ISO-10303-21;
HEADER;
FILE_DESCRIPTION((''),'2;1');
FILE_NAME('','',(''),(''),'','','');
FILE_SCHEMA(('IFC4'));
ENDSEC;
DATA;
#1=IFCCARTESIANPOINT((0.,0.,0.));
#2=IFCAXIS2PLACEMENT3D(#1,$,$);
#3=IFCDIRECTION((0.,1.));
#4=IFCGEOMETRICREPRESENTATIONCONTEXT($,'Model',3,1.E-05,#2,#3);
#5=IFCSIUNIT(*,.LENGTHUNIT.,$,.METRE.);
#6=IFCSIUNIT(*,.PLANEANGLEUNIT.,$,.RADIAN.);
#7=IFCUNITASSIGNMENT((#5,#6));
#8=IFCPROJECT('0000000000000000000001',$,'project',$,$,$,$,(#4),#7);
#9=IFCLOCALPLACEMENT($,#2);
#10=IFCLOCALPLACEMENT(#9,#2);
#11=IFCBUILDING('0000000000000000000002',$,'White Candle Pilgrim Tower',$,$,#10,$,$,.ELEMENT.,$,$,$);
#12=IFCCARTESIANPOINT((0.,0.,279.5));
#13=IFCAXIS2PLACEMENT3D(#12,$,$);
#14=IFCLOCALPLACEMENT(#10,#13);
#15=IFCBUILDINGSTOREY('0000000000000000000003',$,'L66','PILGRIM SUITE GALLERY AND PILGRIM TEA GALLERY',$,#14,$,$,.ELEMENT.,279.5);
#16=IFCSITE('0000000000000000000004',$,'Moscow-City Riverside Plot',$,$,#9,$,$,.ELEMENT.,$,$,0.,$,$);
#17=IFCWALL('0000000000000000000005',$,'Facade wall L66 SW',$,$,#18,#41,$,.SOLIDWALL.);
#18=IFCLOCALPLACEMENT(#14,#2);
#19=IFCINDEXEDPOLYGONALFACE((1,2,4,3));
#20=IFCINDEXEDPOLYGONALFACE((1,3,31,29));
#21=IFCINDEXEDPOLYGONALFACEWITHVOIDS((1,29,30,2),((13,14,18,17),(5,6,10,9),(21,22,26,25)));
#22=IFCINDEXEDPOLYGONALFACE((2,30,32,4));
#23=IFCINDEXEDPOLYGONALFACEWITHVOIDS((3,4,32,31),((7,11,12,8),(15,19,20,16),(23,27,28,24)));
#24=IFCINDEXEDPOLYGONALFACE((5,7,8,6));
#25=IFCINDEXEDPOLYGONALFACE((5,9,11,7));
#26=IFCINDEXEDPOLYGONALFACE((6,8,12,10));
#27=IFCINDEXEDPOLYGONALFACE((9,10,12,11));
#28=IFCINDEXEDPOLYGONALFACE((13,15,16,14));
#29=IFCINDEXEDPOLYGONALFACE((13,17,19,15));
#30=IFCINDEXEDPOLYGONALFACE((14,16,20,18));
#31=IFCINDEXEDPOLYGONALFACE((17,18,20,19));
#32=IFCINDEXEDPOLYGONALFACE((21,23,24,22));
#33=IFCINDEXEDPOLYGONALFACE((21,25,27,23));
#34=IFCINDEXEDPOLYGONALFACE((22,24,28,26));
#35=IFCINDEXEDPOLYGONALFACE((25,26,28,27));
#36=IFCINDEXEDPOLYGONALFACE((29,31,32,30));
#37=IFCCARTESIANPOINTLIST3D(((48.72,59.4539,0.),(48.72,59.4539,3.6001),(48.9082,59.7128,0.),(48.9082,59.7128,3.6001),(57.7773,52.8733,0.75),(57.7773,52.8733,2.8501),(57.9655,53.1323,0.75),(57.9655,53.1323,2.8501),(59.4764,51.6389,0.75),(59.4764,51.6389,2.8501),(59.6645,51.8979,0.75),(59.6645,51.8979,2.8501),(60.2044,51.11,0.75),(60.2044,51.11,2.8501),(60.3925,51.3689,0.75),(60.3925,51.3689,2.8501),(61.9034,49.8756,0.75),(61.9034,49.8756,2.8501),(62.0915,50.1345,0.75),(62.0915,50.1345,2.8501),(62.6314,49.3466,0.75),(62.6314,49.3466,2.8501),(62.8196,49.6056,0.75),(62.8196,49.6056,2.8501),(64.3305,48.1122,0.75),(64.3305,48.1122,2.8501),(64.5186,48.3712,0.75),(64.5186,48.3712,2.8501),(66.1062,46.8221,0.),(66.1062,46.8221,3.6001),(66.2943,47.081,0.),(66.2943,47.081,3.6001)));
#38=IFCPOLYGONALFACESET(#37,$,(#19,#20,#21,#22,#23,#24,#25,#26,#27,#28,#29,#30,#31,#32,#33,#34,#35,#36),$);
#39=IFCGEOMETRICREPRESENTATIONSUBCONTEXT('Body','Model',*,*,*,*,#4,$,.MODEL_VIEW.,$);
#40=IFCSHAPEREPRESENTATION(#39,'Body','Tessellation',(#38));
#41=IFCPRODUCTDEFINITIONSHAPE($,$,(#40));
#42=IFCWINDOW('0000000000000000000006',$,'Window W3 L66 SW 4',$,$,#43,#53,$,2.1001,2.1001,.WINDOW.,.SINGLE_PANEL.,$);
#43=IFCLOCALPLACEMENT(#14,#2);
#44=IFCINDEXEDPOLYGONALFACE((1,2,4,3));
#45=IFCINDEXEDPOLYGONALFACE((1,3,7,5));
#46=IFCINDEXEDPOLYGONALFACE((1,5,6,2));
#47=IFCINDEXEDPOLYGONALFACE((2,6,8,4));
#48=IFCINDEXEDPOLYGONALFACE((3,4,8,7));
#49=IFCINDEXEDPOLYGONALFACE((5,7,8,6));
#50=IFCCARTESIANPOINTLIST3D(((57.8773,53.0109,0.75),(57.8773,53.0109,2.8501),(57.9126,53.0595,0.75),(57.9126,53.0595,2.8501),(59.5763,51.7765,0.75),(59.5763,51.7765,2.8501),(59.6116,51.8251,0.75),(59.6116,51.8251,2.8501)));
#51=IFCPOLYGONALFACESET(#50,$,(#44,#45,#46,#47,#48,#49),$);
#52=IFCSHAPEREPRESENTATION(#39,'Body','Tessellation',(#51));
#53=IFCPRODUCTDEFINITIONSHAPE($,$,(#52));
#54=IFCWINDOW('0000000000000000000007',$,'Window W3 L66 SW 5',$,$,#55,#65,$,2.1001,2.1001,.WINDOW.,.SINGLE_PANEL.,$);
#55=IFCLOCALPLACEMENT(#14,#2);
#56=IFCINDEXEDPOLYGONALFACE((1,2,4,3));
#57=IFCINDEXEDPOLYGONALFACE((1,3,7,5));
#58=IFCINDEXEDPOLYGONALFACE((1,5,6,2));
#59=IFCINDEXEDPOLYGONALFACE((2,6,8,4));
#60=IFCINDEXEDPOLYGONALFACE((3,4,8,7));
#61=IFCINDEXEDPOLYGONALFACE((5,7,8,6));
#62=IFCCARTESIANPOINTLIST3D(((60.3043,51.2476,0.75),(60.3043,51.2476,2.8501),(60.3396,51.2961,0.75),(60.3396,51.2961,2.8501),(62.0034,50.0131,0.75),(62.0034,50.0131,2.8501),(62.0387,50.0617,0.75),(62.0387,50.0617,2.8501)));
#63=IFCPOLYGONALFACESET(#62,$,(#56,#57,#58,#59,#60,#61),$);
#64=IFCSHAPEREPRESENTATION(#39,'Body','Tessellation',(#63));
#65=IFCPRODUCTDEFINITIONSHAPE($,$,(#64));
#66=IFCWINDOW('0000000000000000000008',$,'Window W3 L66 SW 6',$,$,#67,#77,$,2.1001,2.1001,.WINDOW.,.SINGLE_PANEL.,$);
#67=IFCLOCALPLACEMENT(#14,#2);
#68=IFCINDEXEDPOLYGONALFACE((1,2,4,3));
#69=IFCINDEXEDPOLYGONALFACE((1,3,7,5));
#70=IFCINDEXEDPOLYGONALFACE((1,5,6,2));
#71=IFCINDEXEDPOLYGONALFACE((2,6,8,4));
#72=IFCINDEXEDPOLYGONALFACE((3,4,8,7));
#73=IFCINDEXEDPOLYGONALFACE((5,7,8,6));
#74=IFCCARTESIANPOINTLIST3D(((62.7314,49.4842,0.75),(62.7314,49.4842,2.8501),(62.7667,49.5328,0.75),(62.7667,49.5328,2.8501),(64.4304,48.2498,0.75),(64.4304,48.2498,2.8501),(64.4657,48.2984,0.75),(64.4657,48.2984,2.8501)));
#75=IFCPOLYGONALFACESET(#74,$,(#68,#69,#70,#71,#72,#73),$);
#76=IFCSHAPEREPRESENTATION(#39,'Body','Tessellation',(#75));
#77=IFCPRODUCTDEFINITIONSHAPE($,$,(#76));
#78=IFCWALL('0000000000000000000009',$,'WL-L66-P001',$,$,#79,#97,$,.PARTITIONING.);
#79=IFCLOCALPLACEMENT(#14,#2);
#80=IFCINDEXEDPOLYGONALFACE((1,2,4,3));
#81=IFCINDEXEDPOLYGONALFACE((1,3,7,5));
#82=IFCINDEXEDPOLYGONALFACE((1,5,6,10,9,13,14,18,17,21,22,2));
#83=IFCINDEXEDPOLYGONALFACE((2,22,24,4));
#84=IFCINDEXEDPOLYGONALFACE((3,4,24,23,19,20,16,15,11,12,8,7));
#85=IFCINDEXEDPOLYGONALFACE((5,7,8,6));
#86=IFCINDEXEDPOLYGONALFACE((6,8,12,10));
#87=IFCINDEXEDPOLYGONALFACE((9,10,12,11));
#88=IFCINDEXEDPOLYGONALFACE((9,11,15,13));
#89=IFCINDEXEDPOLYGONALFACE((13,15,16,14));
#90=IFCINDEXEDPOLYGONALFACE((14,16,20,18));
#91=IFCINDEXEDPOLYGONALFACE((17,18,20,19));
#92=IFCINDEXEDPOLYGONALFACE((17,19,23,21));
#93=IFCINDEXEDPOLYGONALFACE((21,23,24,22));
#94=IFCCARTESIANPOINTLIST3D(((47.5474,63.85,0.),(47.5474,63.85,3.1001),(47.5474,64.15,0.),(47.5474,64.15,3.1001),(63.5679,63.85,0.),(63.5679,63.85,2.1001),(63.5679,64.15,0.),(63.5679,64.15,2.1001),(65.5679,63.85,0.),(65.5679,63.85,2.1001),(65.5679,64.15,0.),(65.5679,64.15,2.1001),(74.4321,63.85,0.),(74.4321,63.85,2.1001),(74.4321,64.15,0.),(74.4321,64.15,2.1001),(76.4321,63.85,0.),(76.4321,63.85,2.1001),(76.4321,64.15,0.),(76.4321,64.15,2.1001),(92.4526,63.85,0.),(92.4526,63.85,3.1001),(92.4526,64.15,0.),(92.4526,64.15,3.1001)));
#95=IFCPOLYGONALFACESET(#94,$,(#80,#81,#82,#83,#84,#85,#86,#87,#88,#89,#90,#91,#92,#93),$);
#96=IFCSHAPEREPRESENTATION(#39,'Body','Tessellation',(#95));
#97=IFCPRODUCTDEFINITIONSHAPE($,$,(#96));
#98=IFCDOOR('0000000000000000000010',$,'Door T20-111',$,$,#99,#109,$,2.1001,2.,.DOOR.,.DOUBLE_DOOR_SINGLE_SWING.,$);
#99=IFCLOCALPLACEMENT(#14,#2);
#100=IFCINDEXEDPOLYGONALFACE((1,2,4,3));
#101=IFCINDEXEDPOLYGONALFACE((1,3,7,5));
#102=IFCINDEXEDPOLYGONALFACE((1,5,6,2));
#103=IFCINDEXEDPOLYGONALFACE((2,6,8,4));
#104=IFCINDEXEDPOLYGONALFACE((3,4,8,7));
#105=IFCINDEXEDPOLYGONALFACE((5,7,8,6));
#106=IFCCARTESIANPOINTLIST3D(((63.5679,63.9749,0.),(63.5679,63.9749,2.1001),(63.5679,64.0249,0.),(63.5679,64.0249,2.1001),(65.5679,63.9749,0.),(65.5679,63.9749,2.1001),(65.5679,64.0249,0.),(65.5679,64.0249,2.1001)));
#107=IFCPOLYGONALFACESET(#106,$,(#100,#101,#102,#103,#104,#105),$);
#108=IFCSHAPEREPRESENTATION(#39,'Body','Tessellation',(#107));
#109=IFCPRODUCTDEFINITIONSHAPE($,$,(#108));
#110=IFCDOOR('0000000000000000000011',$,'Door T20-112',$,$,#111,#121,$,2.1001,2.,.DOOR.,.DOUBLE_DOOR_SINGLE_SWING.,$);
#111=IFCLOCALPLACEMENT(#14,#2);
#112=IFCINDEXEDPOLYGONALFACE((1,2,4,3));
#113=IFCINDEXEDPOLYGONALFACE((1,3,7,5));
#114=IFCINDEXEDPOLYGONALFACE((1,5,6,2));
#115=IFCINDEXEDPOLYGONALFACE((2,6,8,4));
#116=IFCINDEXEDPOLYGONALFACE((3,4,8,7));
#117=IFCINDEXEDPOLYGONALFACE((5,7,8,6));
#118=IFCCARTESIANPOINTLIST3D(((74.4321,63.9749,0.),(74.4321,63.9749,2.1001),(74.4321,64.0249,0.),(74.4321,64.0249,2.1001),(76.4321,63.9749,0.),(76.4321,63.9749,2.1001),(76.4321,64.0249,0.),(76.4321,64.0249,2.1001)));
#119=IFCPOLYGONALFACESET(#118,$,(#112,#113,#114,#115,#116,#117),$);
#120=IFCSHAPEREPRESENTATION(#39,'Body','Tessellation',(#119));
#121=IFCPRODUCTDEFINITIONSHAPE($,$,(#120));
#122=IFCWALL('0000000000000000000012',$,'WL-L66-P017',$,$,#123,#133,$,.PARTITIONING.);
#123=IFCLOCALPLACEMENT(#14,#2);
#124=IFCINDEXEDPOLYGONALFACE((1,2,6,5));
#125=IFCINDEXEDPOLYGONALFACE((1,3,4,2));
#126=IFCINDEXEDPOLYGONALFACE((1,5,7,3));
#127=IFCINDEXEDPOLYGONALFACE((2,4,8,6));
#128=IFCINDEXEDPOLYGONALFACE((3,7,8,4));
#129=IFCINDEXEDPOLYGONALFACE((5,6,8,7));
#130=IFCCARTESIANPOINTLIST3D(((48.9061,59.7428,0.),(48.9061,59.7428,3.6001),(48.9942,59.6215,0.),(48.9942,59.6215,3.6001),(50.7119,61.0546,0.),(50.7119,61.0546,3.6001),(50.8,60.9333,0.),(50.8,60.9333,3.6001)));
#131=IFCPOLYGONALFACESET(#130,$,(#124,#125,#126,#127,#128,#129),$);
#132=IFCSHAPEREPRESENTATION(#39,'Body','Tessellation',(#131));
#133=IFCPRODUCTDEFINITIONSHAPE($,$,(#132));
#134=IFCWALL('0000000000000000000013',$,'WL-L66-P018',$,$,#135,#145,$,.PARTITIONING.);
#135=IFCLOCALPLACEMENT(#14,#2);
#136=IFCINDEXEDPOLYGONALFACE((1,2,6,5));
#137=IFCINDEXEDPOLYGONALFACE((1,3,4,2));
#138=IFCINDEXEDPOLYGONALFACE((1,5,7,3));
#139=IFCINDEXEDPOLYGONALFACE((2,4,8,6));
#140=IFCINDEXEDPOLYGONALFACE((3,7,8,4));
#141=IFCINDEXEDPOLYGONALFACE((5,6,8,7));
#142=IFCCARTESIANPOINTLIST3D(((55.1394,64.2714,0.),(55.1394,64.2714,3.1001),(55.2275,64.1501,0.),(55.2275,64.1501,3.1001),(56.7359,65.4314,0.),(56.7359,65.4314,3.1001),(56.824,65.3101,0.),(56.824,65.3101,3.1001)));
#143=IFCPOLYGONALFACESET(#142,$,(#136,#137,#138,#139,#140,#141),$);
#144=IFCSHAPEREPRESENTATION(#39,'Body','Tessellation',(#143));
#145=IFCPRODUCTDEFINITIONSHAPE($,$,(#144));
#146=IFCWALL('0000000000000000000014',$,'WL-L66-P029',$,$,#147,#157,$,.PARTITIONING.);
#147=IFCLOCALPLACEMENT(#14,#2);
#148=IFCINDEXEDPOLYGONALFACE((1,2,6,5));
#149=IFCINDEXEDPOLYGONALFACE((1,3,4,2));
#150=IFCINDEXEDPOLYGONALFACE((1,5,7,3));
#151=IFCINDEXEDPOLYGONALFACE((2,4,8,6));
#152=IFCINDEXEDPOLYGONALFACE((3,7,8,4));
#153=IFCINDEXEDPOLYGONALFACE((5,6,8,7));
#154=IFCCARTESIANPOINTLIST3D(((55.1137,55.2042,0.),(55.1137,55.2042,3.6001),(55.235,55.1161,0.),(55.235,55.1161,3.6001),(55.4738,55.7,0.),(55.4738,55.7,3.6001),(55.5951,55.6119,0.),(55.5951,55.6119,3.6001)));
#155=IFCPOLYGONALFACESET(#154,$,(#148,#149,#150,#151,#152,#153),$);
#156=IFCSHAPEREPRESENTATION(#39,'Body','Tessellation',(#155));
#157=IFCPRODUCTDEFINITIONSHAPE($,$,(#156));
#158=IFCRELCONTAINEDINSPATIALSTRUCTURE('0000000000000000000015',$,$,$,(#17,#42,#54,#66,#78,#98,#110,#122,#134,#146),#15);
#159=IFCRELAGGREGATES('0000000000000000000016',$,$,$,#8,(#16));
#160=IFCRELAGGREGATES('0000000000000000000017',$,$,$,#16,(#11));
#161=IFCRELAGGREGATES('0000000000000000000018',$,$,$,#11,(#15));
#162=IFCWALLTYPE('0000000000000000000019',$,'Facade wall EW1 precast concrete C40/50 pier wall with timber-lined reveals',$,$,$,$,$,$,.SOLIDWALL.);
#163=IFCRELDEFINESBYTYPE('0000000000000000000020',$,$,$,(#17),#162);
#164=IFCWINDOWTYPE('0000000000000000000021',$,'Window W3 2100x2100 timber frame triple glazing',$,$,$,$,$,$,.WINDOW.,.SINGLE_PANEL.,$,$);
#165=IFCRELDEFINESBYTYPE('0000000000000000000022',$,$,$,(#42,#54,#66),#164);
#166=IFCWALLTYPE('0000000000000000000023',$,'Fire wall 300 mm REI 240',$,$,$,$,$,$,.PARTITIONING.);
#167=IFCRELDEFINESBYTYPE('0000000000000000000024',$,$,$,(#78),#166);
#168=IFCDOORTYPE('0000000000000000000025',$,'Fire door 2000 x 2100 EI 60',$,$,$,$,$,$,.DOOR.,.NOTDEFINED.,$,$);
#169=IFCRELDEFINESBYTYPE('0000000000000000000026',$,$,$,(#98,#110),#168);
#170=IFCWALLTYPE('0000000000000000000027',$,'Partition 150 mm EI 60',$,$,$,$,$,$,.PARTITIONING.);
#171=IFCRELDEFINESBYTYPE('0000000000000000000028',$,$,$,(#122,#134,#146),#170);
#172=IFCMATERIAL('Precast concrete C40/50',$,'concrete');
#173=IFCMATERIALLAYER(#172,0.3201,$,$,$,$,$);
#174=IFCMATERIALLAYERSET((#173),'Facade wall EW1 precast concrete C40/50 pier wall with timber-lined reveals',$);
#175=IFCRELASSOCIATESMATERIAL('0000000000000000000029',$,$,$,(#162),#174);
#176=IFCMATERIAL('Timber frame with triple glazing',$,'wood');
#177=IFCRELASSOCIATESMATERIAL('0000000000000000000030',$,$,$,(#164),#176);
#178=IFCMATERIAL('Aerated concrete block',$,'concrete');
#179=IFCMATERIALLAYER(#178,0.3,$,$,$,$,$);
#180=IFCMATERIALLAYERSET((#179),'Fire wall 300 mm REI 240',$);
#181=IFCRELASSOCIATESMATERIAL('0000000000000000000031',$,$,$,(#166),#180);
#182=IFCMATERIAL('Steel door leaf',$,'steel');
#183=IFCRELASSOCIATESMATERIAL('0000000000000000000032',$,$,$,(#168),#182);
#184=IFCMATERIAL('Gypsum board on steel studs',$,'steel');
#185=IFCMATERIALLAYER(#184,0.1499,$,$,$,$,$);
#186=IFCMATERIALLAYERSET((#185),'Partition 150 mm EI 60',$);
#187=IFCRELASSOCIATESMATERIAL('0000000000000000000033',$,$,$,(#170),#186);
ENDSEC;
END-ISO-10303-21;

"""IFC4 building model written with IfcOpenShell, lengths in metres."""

from ifc_helpers import new_model, si_unit, direction, frame, frame_2d, origin, place, context, subcontext, project, spatial, rectangle, extrude, material, layer, layer_set, type_object, element, fill, save


model = new_model("IFC4")

# Units and contexts
model_context = context("Model", 3, precision=1e-05, world=origin(), true_north=direction((0.0, 1.0)))
body_context = subcontext(model_context, "Body", "Model", "MODEL_VIEW")
ifc_project = project(units=[si_unit("LENGTHUNIT", "METRE"), si_unit("PLANEANGLEUNIT", "RADIAN")], contexts=[model_context])

# Site, building, storey
site_placement = place(None, origin())
site = spatial("IfcSite", under=ifc_project, at=site_placement, Name="Moscow-City Riverside Plot", CompositionType="ELEMENT", RefElevation=0.0)
building_placement = place(site_placement, origin())
building = spatial("IfcBuilding", under=site, at=building_placement, Name="White Candle Pilgrim Tower", CompositionType="ELEMENT")
storey_placement = place(building_placement, frame((0.0, 0.0, 279.5)))
storey = spatial("IfcBuildingStorey", under=building, at=storey_placement, Name="L66", Description="PILGRIM SUITE GALLERY AND PILGRIM TEA GALLERY", CompositionType="ELEMENT", Elevation=279.5)

# Shared definitions
ifc_material_1 = material(Name="Gypsum board on steel studs", Category="steel")
ifc_material_2 = material(Name="Steel door leaf", Category="steel")

# Wall, openings, windows
ifc_material_3 = material(Name="Precast concrete C40/50", Category="concrete")
ifc_layer_1 = layer(ifc_material_3, 0.3201)
ifc_layer_set_1 = layer_set([ifc_layer_1], Name="Facade wall EW1 precast concrete C40/50 pier wall with timber-lined reveals")
wall_type_1 = type_object("IfcWallType", Name="Facade wall EW1 precast concrete C40/50 pier wall with timber-lined reveals", PredefinedType="SOLIDWALL", material=ifc_layer_set_1)
wall_1_placement = place(storey_placement, frame((48.8142, 59.5833, 0.0), z_axis=(0.0, 0.0, 1.0), x_axis=(0.809017, -0.587785, 0.0)))
wall_1 = element("IfcWall", 1, at=wall_1_placement, inside=storey, type_object=wall_type_1, Name="Facade wall L66 SW", PredefinedType="SOLIDWALL", context=body_context, shape_type="SweptSolid", body=[
    extrude(rectangle(XDim=21.4905, YDim=0.3201, at=frame_2d((10.7451, 0.0))), origin(), (0.0, 0.0, 1.0), 3.6001),
])
opening_1_placement = place(wall_1_placement, frame((11.1953, 0.0, 0.75)))
opening_1 = element("IfcOpeningElement", 2, at=opening_1_placement, cuts=wall_1, PredefinedType="OPENING", context=body_context, shape_type="SweptSolid", body=[
    extrude(rectangle(XDim=2.1001, YDim=2.1001, at=frame_2d((1.05, 1.05))), frame((0.0, 0.1699, 0.0), z_axis=(0.0, -1.0, 0.0), x_axis=(1.0, 0.0, 0.0)), (0.0, 0.0, 1.0), 0.3401),
])
opening_2_placement = place(wall_1_placement, frame((14.1953, 0.0, 0.75)))
opening_2 = element("IfcOpeningElement", 3, at=opening_2_placement, cuts=wall_1, PredefinedType="OPENING", context=body_context, shape_type="SweptSolid", body=[
    extrude(rectangle(XDim=2.1001, YDim=2.1001, at=frame_2d((1.05, 1.05))), frame((0.0, 0.1699, 0.0), z_axis=(0.0, -1.0, 0.0), x_axis=(1.0, 0.0, 0.0)), (0.0, 0.0, 1.0), 0.3401),
])
opening_3_placement = place(wall_1_placement, frame((17.1953, 0.0, 0.75)))
opening_3 = element("IfcOpeningElement", 4, at=opening_3_placement, cuts=wall_1, PredefinedType="OPENING", context=body_context, shape_type="SweptSolid", body=[
    extrude(rectangle(XDim=2.1001, YDim=2.1001, at=frame_2d((1.05, 1.05))), frame((0.0, 0.1699, 0.0), z_axis=(0.0, -1.0, 0.0), x_axis=(1.0, 0.0, 0.0)), (0.0, 0.0, 1.0), 0.3401),
])
ifc_material_4 = material(Name="Timber frame with triple glazing", Category="wood")
window_type = type_object("IfcWindowType", Name="Window W3 2100x2100 timber frame triple glazing", PartitioningType="SINGLE_PANEL", PredefinedType="WINDOW", material=ifc_material_4)
window_1_placement = place(opening_1_placement, origin())
window_1 = element("IfcWindow", 5, at=window_1_placement, inside=storey, type_object=window_type, Name="Window W3 L66 SW 4", OverallHeight=2.1001, OverallWidth=2.1001, PartitioningType="SINGLE_PANEL", PredefinedType="WINDOW", context=body_context, shape_type="SweptSolid", body=[
    extrude(rectangle(XDim=2.1001, YDim=2.1001, at=frame_2d((1.05, 1.05))), frame((0.0, 0.0701, 0.0), z_axis=(0.0, -1.0, 0.0), x_axis=(1.0, 0.0, 0.0)), (0.0, 0.0, 1.0), 0.0601),
])
fill(opening_1, window_1)
window_2_placement = place(opening_2_placement, origin())
window_2 = element("IfcWindow", 6, at=window_2_placement, inside=storey, type_object=window_type, Name="Window W3 L66 SW 5", OverallHeight=2.1001, OverallWidth=2.1001, PartitioningType="SINGLE_PANEL", PredefinedType="WINDOW", context=body_context, shape_type="SweptSolid", body=[
    extrude(rectangle(XDim=2.1001, YDim=2.1001, at=frame_2d((1.05, 1.05))), frame((0.0, 0.0701, 0.0), z_axis=(0.0, -1.0, 0.0), x_axis=(1.0, 0.0, 0.0)), (0.0, 0.0, 1.0), 0.0601),
])
fill(opening_2, window_2)
window_3_placement = place(opening_3_placement, origin())
window_3 = element("IfcWindow", 7, at=window_3_placement, inside=storey, type_object=window_type, Name="Window W3 L66 SW 6", OverallHeight=2.1001, OverallWidth=2.1001, PartitioningType="SINGLE_PANEL", PredefinedType="WINDOW", context=body_context, shape_type="SweptSolid", body=[
    extrude(rectangle(XDim=2.1001, YDim=2.1001, at=frame_2d((1.05, 1.05))), frame((0.0, 0.0701, 0.0), z_axis=(0.0, -1.0, 0.0), x_axis=(1.0, 0.0, 0.0)), (0.0, 0.0, 1.0), 0.0601),
])
fill(opening_3, window_3)

# Wall, openings, doors
ifc_material_5 = material(Name="Aerated concrete block", Category="concrete")
ifc_layer_2 = layer(ifc_material_5, 0.3)
ifc_layer_set_2 = layer_set([ifc_layer_2], Name="Fire wall 300 mm REI 240")
wall_type_2 = type_object("IfcWallType", Name="Fire wall 300 mm REI 240", PredefinedType="PARTITIONING", material=ifc_layer_set_2)
wall_2_placement = place(storey_placement, frame((47.5474, 64.0, 0.0), z_axis=(0.0, 0.0, 1.0), x_axis=(1.0, 0.0, 0.0)))
wall_2 = element("IfcWall", 8, at=wall_2_placement, inside=storey, type_object=wall_type_2, Name="WL-L66-P001", PredefinedType="PARTITIONING", context=body_context, shape_type="SweptSolid", body=[
    extrude(rectangle(XDim=44.9053, YDim=0.3, at=frame_2d((22.4526, 0.0))), origin(), (0.0, 0.0, 1.0), 3.1001),
])
opening_4_placement = place(wall_2_placement, frame((16.0205, 0.0, 0.0)))
opening_4 = element("IfcOpeningElement", 9, at=opening_4_placement, cuts=wall_2, PredefinedType="OPENING", context=body_context, shape_type="SweptSolid", body=[
    extrude(rectangle(XDim=2.0, YDim=2.1001, at=frame_2d((1.0, 1.05))), frame((0.0, 0.1599, 0.0), z_axis=(0.0, -1.0, 0.0), x_axis=(1.0, 0.0, 0.0)), (0.0, 0.0, 1.0), 0.3201),
])
opening_5_placement = place(wall_2_placement, frame((26.8848, 0.0, 0.0)))
opening_5 = element("IfcOpeningElement", 10, at=opening_5_placement, cuts=wall_2, PredefinedType="OPENING", context=body_context, shape_type="SweptSolid", body=[
    extrude(rectangle(XDim=2.0, YDim=2.1001, at=frame_2d((1.0, 1.05))), frame((0.0, 0.1599, 0.0), z_axis=(0.0, -1.0, 0.0), x_axis=(1.0, 0.0, 0.0)), (0.0, 0.0, 1.0), 0.3201),
])
door_type_1 = type_object("IfcDoorType", Name="Fire door 2000 x 2100 EI 60", OperationType="NOTDEFINED", PredefinedType="DOOR", material=ifc_material_2)
door_1_placement = place(opening_4_placement, origin())
door_1 = element("IfcDoor", 11, at=door_1_placement, inside=storey, type_object=door_type_1, Name="Door T20-111", OperationType="DOUBLE_DOOR_SINGLE_SWING", OverallHeight=2.1001, OverallWidth=2.0, PredefinedType="DOOR", context=body_context, shape_type="SweptSolid", body=[
    extrude(rectangle(XDim=2.0, YDim=2.1001, at=frame_2d((1.0, 1.05))), frame((0.0, 0.0249, 0.0), z_axis=(0.0, -1.0, 0.0), x_axis=(1.0, 0.0, 0.0)), (0.0, 0.0, 1.0), 0.05),
])
fill(opening_4, door_1)
door_2_placement = place(opening_5_placement, origin())
door_2 = element("IfcDoor", 12, at=door_2_placement, inside=storey, type_object=door_type_1, Name="Door T20-112", OperationType="DOUBLE_DOOR_SINGLE_SWING", OverallHeight=2.1001, OverallWidth=2.0, PredefinedType="DOOR", context=body_context, shape_type="SweptSolid", body=[
    extrude(rectangle(XDim=2.0, YDim=2.1001, at=frame_2d((1.0, 1.05))), frame((0.0, 0.0249, 0.0), z_axis=(0.0, -1.0, 0.0), x_axis=(1.0, 0.0, 0.0)), (0.0, 0.0, 1.0), 0.05),
])
fill(opening_5, door_2)

# Walls
ifc_layer_3 = layer(ifc_material_1, 0.1499)
ifc_layer_set_3 = layer_set([ifc_layer_3], Name="Partition 150 mm EI 60")
wall_type_3 = type_object("IfcWallType", Name="Partition 150 mm EI 60", PredefinedType="PARTITIONING", material=ifc_layer_set_3)
wall_3_placement = place(storey_placement, frame((48.9502, 59.6821, 0.0), z_axis=(0.0, 0.0, 1.0), x_axis=(0.809043, 0.587749, 0.0)))
element("IfcWall", 13, at=wall_3_placement, inside=storey, type_object=wall_type_3, Name="WL-L66-P017", PredefinedType="PARTITIONING", context=body_context, shape_type="SweptSolid", body=[
    extrude(rectangle(XDim=2.2319, YDim=0.1499, at=frame_2d((1.116, 0.0))), origin(), (0.0, 0.0, 1.0), 3.6001),
])
wall_4_placement = place(storey_placement, frame((55.1833, 64.2107, 0.0), z_axis=(0.0, 0.0, 1.0), x_axis=(0.809009, 0.587796, 0.0)))
element("IfcWall", 14, at=wall_4_placement, inside=storey, type_object=wall_type_3, Name="WL-L66-P018", PredefinedType="PARTITIONING", context=body_context, shape_type="SweptSolid", body=[
    extrude(rectangle(XDim=1.9734, YDim=0.1499, at=frame_2d((0.9868, 0.0))), origin(), (0.0, 0.0, 1.0), 3.1001),
])
wall_5_placement = place(storey_placement, frame((55.1743, 55.1602, 0.0), z_axis=(0.0, 0.0, 1.0), x_axis=(0.587627, 0.809132, 0.0)))
element("IfcWall", 15, at=wall_5_placement, inside=storey, type_object=wall_type_3, Name="WL-L66-P029", PredefinedType="PARTITIONING", context=body_context, shape_type="SweptSolid", body=[
    extrude(rectangle(XDim=0.6128, YDim=0.1499, at=frame_2d((0.3064, 0.0))), origin(), (0.0, 0.0, 1.0), 3.6001),
])

save(model, "model.ifc")
